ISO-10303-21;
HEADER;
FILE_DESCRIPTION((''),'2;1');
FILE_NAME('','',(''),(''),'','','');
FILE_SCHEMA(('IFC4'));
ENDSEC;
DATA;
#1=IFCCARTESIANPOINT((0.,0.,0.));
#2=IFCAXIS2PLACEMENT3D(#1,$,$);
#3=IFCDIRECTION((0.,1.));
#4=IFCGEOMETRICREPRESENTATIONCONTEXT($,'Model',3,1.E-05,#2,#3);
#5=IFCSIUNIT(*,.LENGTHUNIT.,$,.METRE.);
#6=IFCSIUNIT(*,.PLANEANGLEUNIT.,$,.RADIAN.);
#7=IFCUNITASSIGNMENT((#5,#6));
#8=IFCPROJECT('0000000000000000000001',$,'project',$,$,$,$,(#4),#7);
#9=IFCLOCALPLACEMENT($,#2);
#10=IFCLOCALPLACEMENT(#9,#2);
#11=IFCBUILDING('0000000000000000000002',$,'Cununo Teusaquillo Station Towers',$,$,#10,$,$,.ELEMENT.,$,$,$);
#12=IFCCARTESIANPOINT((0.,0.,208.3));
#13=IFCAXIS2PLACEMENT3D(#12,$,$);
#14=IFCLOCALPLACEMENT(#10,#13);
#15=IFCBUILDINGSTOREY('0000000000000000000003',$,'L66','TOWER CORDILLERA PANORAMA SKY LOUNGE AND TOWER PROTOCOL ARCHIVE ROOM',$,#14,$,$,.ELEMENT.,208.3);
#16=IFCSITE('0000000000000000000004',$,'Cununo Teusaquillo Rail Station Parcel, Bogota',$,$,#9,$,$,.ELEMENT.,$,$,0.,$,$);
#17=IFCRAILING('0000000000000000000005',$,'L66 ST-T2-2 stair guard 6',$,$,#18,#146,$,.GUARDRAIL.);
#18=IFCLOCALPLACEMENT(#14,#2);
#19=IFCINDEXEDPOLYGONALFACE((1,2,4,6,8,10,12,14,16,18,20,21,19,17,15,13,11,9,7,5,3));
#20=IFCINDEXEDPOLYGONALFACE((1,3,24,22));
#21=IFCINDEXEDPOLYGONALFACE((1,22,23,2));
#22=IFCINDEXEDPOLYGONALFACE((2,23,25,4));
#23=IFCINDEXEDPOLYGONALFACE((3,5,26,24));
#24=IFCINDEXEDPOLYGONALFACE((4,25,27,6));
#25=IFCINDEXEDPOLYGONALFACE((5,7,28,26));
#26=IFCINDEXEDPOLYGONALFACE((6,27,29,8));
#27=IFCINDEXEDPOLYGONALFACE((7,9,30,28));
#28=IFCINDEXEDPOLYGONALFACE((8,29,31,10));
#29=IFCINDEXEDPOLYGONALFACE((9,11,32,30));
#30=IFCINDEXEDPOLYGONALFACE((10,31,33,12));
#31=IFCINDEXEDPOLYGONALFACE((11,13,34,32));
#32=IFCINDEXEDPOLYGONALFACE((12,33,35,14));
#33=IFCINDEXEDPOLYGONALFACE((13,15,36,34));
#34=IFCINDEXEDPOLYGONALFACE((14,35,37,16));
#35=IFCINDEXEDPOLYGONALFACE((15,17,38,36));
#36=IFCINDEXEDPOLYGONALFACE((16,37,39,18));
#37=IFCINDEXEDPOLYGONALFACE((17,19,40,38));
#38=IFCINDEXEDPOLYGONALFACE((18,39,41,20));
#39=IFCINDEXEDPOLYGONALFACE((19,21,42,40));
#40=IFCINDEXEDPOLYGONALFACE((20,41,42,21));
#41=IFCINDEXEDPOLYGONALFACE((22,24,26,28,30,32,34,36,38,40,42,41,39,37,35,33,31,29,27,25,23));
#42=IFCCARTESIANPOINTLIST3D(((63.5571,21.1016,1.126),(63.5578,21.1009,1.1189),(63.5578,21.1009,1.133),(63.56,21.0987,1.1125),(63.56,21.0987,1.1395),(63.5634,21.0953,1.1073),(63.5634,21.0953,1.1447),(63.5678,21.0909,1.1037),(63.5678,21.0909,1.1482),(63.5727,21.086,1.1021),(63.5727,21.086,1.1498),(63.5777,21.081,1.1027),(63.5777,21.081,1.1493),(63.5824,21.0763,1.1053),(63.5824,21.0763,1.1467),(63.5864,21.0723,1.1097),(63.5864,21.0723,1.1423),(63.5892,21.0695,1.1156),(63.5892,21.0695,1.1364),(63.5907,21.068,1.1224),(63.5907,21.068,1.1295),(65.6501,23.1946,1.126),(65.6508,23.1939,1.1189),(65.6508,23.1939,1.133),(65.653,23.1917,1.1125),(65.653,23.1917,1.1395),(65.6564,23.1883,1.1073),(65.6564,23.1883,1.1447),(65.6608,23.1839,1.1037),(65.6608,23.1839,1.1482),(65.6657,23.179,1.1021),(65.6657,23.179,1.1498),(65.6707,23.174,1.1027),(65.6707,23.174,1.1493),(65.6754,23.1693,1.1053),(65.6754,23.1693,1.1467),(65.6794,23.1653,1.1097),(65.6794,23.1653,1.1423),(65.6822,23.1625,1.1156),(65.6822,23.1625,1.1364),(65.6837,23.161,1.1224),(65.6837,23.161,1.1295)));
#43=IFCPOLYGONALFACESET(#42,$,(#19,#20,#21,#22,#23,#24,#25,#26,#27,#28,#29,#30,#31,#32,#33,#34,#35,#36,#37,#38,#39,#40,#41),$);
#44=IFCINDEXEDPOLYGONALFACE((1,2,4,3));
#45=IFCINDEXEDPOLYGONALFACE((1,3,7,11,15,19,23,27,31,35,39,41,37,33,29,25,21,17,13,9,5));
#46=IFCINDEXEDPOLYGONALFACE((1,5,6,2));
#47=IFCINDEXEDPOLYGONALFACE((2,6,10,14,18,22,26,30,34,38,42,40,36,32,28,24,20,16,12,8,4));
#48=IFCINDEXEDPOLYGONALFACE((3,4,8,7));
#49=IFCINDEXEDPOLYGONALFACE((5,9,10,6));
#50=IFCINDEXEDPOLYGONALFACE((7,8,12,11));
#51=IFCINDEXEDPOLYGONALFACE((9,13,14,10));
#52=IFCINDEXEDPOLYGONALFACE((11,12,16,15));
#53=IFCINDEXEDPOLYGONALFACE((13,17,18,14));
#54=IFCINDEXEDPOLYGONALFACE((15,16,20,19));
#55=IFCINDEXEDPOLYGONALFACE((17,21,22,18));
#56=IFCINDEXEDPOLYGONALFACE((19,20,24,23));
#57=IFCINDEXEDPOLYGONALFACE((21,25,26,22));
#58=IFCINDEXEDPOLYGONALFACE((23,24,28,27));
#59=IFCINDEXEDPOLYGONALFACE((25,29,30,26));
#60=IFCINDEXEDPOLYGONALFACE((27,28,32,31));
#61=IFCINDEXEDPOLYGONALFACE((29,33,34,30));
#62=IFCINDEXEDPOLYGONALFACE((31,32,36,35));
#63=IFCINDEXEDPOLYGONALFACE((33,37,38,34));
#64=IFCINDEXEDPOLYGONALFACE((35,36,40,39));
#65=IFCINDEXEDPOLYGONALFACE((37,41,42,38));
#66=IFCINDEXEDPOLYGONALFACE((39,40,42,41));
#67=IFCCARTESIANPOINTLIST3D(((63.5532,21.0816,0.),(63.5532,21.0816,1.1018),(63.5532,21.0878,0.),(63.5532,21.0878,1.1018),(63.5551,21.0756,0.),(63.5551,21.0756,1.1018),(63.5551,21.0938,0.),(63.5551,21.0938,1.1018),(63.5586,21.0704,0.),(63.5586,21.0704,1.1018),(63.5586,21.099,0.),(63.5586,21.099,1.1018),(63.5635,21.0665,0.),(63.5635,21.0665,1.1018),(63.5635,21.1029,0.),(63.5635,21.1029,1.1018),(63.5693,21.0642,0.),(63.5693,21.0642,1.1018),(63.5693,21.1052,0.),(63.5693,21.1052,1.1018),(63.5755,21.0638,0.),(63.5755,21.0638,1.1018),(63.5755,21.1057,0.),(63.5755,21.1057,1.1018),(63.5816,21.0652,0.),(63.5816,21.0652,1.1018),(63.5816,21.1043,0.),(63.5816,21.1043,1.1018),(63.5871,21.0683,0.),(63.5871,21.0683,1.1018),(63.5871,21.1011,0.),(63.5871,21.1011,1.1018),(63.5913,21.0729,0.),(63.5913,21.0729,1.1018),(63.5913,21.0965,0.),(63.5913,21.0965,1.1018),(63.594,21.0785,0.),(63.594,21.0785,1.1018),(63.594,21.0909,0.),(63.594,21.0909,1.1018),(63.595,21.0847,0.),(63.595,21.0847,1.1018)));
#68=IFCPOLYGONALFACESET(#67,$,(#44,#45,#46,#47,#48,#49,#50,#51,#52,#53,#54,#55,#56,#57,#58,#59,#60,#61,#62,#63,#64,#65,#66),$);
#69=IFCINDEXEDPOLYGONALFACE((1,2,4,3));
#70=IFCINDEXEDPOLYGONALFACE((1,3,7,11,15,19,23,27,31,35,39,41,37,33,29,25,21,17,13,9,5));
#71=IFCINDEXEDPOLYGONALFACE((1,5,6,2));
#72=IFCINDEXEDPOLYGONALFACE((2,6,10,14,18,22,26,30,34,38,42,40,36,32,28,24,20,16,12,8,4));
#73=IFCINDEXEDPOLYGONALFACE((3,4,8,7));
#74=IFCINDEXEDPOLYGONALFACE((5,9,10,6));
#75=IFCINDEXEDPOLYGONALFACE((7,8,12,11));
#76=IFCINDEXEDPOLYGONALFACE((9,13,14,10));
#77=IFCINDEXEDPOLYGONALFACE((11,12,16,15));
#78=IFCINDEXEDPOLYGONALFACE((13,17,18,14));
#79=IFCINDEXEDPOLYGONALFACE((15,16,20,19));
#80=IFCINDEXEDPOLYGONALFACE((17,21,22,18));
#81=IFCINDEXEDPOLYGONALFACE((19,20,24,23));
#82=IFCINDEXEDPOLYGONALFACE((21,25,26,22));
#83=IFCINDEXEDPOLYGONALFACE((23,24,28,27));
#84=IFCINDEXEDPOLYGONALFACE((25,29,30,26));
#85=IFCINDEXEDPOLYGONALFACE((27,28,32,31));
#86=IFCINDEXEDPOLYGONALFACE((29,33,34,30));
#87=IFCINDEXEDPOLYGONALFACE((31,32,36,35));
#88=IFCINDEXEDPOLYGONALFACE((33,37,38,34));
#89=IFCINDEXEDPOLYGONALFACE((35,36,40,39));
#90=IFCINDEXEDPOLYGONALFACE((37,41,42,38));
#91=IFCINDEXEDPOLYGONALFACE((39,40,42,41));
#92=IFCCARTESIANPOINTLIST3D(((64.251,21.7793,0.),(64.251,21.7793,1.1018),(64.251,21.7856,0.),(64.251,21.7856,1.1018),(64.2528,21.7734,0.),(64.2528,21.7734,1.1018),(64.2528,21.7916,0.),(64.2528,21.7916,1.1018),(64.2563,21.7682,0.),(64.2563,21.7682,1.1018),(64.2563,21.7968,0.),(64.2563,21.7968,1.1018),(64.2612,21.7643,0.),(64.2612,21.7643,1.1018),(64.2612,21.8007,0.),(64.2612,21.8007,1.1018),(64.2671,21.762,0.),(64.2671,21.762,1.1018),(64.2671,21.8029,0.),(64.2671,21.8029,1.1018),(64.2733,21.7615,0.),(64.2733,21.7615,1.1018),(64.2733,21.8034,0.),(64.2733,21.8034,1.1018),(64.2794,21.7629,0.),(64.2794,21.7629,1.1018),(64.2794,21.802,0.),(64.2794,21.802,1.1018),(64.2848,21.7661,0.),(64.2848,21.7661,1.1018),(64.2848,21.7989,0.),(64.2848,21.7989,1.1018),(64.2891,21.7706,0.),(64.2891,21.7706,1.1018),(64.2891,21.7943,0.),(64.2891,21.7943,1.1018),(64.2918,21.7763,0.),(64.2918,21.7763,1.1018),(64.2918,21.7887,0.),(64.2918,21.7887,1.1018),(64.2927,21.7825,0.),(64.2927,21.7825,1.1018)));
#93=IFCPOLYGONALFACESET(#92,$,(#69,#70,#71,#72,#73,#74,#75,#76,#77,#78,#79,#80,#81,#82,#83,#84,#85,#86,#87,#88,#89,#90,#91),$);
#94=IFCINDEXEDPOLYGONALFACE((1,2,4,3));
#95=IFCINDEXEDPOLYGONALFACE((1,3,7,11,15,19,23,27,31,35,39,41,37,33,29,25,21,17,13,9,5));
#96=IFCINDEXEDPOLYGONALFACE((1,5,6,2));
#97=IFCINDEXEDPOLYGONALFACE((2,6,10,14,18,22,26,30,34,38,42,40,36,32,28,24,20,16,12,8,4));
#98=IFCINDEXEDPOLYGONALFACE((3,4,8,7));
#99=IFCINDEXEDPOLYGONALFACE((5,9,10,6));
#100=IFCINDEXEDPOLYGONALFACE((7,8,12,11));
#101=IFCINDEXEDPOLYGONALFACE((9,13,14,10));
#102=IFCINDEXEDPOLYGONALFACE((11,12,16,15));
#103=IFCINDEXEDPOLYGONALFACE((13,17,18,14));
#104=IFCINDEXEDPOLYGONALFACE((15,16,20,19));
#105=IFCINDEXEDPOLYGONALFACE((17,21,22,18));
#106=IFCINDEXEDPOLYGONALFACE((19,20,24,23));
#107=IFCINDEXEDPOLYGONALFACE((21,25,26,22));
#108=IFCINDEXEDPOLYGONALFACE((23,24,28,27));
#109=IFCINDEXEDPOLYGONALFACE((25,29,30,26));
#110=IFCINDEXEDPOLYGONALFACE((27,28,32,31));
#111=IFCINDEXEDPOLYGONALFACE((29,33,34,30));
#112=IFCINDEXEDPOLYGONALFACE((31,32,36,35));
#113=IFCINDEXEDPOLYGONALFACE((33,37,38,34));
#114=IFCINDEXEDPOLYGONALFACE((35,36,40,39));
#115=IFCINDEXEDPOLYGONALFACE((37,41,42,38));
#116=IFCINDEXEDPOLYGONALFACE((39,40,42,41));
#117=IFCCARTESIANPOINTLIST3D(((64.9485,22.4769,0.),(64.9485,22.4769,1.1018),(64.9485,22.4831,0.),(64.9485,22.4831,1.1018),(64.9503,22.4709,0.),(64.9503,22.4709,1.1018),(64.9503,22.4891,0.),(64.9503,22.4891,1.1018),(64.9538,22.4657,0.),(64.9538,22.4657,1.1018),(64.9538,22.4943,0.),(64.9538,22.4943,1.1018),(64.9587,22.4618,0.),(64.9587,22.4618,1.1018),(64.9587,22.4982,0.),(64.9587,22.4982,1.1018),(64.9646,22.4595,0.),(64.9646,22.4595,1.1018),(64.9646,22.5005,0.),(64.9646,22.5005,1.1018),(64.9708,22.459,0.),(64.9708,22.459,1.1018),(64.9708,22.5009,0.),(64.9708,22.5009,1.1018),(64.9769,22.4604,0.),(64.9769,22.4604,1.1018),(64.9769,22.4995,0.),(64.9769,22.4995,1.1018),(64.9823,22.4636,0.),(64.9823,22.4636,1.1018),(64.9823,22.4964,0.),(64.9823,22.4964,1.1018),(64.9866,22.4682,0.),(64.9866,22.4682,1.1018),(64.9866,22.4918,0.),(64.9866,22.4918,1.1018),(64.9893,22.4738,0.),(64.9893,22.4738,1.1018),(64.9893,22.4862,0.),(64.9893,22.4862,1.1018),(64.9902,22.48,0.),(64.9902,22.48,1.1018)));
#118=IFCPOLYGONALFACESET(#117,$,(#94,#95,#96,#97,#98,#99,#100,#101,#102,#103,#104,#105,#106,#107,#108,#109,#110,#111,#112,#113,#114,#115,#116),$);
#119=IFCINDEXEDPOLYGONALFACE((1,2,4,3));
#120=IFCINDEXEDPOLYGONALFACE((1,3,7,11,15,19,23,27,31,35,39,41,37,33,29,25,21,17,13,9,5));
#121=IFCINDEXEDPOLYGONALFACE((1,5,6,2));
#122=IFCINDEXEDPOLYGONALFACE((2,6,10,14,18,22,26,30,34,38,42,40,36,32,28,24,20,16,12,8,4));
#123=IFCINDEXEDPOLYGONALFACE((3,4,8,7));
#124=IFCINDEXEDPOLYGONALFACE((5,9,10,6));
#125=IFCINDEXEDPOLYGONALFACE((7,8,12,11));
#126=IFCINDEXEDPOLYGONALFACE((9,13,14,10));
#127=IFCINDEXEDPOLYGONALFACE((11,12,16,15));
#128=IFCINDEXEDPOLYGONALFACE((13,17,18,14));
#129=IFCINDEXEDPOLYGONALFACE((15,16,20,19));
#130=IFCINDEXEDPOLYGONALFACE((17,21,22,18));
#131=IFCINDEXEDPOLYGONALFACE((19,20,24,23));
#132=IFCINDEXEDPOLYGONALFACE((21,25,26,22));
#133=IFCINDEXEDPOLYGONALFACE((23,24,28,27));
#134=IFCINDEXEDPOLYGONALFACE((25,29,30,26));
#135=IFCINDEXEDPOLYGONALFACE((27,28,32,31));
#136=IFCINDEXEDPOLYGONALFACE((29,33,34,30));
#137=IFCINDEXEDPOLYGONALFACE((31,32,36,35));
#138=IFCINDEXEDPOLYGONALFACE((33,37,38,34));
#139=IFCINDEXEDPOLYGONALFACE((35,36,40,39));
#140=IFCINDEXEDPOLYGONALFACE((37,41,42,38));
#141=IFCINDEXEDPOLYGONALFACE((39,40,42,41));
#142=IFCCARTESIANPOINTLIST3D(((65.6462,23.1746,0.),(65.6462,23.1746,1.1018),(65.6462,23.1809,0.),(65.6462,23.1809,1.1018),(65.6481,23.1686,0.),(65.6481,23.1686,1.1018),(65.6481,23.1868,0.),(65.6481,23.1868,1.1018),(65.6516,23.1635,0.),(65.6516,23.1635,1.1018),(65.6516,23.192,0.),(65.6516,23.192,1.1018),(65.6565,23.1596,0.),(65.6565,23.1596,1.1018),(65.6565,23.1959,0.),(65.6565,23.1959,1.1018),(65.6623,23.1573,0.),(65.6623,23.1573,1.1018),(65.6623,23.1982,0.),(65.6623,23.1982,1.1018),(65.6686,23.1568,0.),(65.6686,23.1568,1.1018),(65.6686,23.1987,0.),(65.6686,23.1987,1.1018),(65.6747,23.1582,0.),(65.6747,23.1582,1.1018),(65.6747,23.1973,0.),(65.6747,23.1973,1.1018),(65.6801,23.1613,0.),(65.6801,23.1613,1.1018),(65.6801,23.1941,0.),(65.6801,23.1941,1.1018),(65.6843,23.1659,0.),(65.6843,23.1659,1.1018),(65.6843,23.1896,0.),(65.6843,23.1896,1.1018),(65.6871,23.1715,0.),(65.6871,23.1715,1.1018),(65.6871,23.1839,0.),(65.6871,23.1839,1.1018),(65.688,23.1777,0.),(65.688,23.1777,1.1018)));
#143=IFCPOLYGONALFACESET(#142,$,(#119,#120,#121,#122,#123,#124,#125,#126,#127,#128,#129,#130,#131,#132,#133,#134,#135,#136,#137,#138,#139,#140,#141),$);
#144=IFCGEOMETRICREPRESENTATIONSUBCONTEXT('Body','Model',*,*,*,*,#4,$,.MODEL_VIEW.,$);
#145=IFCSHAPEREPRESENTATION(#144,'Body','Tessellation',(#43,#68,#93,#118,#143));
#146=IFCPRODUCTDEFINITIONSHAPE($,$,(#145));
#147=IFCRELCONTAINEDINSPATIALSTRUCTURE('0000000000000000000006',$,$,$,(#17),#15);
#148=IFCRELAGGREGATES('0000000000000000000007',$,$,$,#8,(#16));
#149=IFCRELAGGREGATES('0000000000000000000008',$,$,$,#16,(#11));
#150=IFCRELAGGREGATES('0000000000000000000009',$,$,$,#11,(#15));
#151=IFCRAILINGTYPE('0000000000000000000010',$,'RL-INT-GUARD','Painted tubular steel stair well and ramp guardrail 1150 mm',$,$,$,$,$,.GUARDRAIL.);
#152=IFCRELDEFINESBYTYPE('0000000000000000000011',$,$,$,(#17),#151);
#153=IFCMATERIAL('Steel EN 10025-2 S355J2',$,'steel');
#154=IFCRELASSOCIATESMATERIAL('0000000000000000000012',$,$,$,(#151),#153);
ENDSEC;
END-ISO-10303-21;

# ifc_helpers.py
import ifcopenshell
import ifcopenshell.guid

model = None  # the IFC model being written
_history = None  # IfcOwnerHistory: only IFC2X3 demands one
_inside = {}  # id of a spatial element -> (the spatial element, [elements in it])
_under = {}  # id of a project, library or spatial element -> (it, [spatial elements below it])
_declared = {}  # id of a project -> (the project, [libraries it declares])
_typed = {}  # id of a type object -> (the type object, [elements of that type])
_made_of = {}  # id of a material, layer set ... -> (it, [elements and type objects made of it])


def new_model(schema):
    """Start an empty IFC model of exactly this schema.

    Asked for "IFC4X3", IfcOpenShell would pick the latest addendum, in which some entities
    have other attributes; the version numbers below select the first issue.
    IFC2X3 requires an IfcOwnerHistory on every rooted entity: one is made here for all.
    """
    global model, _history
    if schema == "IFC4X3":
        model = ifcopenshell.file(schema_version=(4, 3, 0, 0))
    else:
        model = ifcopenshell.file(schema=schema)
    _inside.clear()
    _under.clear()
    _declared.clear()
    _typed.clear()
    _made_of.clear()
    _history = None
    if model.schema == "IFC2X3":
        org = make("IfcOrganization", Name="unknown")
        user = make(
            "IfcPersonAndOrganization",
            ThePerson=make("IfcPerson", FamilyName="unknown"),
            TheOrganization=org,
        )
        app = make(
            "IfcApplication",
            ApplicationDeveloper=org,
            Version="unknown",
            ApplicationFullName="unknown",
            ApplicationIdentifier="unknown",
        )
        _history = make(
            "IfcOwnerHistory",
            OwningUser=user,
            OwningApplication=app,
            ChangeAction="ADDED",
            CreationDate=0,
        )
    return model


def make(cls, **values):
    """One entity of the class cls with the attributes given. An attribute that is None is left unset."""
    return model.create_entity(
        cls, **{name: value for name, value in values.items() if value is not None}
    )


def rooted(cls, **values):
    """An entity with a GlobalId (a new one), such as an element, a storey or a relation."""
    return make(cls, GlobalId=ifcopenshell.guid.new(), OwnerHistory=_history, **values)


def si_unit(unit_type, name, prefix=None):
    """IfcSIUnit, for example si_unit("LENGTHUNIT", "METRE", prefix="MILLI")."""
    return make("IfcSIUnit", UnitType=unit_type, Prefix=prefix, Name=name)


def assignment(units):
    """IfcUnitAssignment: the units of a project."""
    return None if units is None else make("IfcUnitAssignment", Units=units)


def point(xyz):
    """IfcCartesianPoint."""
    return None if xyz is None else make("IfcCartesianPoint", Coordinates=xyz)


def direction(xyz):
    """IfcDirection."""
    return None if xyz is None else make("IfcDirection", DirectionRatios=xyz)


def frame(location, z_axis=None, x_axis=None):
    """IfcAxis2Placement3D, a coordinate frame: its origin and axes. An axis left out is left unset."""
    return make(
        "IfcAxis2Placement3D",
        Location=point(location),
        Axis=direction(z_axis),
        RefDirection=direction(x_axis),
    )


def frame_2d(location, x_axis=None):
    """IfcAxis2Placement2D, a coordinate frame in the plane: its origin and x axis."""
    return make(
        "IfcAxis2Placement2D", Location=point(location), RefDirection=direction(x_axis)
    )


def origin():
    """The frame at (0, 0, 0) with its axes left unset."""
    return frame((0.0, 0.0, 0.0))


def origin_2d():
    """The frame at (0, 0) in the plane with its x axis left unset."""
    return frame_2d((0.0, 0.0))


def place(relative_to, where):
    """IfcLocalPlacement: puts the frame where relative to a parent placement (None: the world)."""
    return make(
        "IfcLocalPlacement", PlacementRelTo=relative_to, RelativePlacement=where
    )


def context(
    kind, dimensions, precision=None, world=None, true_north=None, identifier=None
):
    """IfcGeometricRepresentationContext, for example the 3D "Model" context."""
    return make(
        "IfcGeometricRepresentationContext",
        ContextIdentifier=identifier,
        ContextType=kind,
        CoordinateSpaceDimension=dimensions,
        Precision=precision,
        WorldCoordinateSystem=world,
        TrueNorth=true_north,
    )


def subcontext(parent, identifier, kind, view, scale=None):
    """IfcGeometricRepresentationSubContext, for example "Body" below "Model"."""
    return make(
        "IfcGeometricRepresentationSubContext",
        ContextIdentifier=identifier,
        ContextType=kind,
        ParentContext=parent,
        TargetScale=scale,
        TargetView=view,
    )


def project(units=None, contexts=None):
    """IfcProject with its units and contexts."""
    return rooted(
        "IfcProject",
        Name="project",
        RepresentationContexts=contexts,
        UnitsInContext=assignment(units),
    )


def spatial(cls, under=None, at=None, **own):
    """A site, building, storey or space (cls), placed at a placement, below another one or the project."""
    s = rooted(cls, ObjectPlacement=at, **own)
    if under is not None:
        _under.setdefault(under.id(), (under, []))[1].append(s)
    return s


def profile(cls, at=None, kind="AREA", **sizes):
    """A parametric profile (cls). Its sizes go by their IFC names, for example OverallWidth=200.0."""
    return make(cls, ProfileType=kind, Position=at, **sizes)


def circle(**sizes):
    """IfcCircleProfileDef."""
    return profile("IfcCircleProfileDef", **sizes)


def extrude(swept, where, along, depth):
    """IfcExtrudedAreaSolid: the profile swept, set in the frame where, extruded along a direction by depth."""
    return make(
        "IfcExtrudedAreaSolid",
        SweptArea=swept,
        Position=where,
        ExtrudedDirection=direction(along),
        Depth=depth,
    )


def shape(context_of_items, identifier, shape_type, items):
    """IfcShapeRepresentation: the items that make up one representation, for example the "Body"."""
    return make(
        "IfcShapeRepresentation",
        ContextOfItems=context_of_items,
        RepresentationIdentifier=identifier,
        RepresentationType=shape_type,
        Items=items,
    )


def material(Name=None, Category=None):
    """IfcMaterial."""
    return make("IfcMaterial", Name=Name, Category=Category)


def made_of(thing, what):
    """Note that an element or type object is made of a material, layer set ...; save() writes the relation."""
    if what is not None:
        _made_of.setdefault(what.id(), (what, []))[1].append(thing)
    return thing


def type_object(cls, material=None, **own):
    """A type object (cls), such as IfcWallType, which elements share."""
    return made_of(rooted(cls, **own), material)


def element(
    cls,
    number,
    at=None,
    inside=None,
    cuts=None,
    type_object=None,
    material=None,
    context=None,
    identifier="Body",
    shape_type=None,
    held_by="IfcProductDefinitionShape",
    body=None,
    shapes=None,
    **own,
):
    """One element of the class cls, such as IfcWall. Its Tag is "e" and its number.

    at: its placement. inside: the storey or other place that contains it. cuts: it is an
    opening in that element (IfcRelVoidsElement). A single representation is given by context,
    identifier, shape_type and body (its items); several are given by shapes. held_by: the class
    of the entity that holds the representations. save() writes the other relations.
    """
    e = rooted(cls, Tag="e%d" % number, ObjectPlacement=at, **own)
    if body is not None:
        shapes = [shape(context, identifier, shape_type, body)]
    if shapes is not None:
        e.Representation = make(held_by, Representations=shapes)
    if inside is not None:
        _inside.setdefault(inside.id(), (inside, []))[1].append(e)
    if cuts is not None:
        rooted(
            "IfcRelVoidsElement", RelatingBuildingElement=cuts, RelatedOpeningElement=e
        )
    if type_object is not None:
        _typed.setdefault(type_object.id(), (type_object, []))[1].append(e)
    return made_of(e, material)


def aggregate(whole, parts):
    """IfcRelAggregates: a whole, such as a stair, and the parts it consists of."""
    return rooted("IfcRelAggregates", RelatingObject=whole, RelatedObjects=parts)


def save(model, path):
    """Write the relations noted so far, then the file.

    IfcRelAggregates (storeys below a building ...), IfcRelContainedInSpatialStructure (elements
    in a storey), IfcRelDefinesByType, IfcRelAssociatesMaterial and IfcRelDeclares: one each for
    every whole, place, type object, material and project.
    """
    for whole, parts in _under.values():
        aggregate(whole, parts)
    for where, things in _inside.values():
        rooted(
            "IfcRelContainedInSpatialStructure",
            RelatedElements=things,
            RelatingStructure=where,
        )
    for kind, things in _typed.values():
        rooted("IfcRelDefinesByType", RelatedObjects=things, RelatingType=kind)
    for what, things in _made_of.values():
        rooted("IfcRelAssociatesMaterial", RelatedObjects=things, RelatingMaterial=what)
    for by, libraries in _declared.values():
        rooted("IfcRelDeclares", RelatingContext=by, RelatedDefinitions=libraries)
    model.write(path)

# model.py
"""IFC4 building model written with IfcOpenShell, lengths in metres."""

from ifc_helpers import new_model, si_unit, direction, frame, origin, origin_2d, place, context, subcontext, project, spatial, circle, extrude, material, type_object, element, save


model = new_model("IFC4")

# Units and contexts
model_context = context("Model", 3, precision=1e-05, world=origin(), true_north=direction((0.0, 1.0)))
body_context = subcontext(model_context, "Body", "Model", "MODEL_VIEW")
ifc_project = project(units=[si_unit("LENGTHUNIT", "METRE"), si_unit("PLANEANGLEUNIT", "RADIAN")], contexts=[model_context])

# Site, building, storey
site_placement = place(None, origin())
site = spatial("IfcSite", under=ifc_project, at=site_placement, Name="Cununo Teusaquillo Rail Station Parcel, Bogota", CompositionType="ELEMENT", RefElevation=0.0)
building_placement = place(site_placement, origin())
building = spatial("IfcBuilding", under=site, at=building_placement, Name="Cununo Teusaquillo Station Towers", CompositionType="ELEMENT")
storey_placement = place(building_placement, frame((0.0, 0.0, 208.3)))
storey = spatial("IfcBuildingStorey", under=building, at=storey_placement, Name="L66", Description="TOWER CORDILLERA PANORAMA SKY LOUNGE AND TOWER PROTOCOL ARCHIVE ROOM", CompositionType="ELEMENT", Elevation=208.3)

# Railing
ifc_material_1 = material(Name="Steel EN 10025-2 S355J2", Category="steel")
railing_type = type_object("IfcRailingType", Name="RL-INT-GUARD", Description="Painted tubular steel stair well and ramp guardrail 1150 mm", PredefinedType="GUARDRAIL", material=ifc_material_1)
railing_1_placement = place(storey_placement, frame((63.574, 21.0847, 0.0)))
element("IfcRailing", 1, at=railing_1_placement, inside=storey, type_object=railing_type, Name="L66 ST-T2-2 stair guard 6", PredefinedType="GUARDRAIL", context=body_context, shape_type="SweptSolid", body=[
    extrude(circle(Radius=0.0239, at=origin_2d()), frame((0.0, 0.0, 1.126), z_axis=(0.707107, 0.707107, 0.0), x_axis=(-0.707107, 0.707107, 0.0)), (0.0, 0.0, 1.0), 2.96),
    extrude(circle(Radius=0.021, at=origin_2d()), origin(), (0.0, 0.0, 1.0), 1.1018),
    extrude(circle(Radius=0.021, at=origin_2d()), frame((0.6978, 0.6978, 0.0)), (0.0, 0.0, 1.0), 1.1018),
    extrude(circle(Radius=0.021, at=origin_2d()), frame((1.3953, 1.3953, 0.0)), (0.0, 0.0, 1.0), 1.1018),
    extrude(circle(Radius=0.021, at=origin_2d()), frame((2.093, 2.093, 0.0)), (0.0, 0.0, 1.0), 1.1018),
])

save(model, "model.ifc")
